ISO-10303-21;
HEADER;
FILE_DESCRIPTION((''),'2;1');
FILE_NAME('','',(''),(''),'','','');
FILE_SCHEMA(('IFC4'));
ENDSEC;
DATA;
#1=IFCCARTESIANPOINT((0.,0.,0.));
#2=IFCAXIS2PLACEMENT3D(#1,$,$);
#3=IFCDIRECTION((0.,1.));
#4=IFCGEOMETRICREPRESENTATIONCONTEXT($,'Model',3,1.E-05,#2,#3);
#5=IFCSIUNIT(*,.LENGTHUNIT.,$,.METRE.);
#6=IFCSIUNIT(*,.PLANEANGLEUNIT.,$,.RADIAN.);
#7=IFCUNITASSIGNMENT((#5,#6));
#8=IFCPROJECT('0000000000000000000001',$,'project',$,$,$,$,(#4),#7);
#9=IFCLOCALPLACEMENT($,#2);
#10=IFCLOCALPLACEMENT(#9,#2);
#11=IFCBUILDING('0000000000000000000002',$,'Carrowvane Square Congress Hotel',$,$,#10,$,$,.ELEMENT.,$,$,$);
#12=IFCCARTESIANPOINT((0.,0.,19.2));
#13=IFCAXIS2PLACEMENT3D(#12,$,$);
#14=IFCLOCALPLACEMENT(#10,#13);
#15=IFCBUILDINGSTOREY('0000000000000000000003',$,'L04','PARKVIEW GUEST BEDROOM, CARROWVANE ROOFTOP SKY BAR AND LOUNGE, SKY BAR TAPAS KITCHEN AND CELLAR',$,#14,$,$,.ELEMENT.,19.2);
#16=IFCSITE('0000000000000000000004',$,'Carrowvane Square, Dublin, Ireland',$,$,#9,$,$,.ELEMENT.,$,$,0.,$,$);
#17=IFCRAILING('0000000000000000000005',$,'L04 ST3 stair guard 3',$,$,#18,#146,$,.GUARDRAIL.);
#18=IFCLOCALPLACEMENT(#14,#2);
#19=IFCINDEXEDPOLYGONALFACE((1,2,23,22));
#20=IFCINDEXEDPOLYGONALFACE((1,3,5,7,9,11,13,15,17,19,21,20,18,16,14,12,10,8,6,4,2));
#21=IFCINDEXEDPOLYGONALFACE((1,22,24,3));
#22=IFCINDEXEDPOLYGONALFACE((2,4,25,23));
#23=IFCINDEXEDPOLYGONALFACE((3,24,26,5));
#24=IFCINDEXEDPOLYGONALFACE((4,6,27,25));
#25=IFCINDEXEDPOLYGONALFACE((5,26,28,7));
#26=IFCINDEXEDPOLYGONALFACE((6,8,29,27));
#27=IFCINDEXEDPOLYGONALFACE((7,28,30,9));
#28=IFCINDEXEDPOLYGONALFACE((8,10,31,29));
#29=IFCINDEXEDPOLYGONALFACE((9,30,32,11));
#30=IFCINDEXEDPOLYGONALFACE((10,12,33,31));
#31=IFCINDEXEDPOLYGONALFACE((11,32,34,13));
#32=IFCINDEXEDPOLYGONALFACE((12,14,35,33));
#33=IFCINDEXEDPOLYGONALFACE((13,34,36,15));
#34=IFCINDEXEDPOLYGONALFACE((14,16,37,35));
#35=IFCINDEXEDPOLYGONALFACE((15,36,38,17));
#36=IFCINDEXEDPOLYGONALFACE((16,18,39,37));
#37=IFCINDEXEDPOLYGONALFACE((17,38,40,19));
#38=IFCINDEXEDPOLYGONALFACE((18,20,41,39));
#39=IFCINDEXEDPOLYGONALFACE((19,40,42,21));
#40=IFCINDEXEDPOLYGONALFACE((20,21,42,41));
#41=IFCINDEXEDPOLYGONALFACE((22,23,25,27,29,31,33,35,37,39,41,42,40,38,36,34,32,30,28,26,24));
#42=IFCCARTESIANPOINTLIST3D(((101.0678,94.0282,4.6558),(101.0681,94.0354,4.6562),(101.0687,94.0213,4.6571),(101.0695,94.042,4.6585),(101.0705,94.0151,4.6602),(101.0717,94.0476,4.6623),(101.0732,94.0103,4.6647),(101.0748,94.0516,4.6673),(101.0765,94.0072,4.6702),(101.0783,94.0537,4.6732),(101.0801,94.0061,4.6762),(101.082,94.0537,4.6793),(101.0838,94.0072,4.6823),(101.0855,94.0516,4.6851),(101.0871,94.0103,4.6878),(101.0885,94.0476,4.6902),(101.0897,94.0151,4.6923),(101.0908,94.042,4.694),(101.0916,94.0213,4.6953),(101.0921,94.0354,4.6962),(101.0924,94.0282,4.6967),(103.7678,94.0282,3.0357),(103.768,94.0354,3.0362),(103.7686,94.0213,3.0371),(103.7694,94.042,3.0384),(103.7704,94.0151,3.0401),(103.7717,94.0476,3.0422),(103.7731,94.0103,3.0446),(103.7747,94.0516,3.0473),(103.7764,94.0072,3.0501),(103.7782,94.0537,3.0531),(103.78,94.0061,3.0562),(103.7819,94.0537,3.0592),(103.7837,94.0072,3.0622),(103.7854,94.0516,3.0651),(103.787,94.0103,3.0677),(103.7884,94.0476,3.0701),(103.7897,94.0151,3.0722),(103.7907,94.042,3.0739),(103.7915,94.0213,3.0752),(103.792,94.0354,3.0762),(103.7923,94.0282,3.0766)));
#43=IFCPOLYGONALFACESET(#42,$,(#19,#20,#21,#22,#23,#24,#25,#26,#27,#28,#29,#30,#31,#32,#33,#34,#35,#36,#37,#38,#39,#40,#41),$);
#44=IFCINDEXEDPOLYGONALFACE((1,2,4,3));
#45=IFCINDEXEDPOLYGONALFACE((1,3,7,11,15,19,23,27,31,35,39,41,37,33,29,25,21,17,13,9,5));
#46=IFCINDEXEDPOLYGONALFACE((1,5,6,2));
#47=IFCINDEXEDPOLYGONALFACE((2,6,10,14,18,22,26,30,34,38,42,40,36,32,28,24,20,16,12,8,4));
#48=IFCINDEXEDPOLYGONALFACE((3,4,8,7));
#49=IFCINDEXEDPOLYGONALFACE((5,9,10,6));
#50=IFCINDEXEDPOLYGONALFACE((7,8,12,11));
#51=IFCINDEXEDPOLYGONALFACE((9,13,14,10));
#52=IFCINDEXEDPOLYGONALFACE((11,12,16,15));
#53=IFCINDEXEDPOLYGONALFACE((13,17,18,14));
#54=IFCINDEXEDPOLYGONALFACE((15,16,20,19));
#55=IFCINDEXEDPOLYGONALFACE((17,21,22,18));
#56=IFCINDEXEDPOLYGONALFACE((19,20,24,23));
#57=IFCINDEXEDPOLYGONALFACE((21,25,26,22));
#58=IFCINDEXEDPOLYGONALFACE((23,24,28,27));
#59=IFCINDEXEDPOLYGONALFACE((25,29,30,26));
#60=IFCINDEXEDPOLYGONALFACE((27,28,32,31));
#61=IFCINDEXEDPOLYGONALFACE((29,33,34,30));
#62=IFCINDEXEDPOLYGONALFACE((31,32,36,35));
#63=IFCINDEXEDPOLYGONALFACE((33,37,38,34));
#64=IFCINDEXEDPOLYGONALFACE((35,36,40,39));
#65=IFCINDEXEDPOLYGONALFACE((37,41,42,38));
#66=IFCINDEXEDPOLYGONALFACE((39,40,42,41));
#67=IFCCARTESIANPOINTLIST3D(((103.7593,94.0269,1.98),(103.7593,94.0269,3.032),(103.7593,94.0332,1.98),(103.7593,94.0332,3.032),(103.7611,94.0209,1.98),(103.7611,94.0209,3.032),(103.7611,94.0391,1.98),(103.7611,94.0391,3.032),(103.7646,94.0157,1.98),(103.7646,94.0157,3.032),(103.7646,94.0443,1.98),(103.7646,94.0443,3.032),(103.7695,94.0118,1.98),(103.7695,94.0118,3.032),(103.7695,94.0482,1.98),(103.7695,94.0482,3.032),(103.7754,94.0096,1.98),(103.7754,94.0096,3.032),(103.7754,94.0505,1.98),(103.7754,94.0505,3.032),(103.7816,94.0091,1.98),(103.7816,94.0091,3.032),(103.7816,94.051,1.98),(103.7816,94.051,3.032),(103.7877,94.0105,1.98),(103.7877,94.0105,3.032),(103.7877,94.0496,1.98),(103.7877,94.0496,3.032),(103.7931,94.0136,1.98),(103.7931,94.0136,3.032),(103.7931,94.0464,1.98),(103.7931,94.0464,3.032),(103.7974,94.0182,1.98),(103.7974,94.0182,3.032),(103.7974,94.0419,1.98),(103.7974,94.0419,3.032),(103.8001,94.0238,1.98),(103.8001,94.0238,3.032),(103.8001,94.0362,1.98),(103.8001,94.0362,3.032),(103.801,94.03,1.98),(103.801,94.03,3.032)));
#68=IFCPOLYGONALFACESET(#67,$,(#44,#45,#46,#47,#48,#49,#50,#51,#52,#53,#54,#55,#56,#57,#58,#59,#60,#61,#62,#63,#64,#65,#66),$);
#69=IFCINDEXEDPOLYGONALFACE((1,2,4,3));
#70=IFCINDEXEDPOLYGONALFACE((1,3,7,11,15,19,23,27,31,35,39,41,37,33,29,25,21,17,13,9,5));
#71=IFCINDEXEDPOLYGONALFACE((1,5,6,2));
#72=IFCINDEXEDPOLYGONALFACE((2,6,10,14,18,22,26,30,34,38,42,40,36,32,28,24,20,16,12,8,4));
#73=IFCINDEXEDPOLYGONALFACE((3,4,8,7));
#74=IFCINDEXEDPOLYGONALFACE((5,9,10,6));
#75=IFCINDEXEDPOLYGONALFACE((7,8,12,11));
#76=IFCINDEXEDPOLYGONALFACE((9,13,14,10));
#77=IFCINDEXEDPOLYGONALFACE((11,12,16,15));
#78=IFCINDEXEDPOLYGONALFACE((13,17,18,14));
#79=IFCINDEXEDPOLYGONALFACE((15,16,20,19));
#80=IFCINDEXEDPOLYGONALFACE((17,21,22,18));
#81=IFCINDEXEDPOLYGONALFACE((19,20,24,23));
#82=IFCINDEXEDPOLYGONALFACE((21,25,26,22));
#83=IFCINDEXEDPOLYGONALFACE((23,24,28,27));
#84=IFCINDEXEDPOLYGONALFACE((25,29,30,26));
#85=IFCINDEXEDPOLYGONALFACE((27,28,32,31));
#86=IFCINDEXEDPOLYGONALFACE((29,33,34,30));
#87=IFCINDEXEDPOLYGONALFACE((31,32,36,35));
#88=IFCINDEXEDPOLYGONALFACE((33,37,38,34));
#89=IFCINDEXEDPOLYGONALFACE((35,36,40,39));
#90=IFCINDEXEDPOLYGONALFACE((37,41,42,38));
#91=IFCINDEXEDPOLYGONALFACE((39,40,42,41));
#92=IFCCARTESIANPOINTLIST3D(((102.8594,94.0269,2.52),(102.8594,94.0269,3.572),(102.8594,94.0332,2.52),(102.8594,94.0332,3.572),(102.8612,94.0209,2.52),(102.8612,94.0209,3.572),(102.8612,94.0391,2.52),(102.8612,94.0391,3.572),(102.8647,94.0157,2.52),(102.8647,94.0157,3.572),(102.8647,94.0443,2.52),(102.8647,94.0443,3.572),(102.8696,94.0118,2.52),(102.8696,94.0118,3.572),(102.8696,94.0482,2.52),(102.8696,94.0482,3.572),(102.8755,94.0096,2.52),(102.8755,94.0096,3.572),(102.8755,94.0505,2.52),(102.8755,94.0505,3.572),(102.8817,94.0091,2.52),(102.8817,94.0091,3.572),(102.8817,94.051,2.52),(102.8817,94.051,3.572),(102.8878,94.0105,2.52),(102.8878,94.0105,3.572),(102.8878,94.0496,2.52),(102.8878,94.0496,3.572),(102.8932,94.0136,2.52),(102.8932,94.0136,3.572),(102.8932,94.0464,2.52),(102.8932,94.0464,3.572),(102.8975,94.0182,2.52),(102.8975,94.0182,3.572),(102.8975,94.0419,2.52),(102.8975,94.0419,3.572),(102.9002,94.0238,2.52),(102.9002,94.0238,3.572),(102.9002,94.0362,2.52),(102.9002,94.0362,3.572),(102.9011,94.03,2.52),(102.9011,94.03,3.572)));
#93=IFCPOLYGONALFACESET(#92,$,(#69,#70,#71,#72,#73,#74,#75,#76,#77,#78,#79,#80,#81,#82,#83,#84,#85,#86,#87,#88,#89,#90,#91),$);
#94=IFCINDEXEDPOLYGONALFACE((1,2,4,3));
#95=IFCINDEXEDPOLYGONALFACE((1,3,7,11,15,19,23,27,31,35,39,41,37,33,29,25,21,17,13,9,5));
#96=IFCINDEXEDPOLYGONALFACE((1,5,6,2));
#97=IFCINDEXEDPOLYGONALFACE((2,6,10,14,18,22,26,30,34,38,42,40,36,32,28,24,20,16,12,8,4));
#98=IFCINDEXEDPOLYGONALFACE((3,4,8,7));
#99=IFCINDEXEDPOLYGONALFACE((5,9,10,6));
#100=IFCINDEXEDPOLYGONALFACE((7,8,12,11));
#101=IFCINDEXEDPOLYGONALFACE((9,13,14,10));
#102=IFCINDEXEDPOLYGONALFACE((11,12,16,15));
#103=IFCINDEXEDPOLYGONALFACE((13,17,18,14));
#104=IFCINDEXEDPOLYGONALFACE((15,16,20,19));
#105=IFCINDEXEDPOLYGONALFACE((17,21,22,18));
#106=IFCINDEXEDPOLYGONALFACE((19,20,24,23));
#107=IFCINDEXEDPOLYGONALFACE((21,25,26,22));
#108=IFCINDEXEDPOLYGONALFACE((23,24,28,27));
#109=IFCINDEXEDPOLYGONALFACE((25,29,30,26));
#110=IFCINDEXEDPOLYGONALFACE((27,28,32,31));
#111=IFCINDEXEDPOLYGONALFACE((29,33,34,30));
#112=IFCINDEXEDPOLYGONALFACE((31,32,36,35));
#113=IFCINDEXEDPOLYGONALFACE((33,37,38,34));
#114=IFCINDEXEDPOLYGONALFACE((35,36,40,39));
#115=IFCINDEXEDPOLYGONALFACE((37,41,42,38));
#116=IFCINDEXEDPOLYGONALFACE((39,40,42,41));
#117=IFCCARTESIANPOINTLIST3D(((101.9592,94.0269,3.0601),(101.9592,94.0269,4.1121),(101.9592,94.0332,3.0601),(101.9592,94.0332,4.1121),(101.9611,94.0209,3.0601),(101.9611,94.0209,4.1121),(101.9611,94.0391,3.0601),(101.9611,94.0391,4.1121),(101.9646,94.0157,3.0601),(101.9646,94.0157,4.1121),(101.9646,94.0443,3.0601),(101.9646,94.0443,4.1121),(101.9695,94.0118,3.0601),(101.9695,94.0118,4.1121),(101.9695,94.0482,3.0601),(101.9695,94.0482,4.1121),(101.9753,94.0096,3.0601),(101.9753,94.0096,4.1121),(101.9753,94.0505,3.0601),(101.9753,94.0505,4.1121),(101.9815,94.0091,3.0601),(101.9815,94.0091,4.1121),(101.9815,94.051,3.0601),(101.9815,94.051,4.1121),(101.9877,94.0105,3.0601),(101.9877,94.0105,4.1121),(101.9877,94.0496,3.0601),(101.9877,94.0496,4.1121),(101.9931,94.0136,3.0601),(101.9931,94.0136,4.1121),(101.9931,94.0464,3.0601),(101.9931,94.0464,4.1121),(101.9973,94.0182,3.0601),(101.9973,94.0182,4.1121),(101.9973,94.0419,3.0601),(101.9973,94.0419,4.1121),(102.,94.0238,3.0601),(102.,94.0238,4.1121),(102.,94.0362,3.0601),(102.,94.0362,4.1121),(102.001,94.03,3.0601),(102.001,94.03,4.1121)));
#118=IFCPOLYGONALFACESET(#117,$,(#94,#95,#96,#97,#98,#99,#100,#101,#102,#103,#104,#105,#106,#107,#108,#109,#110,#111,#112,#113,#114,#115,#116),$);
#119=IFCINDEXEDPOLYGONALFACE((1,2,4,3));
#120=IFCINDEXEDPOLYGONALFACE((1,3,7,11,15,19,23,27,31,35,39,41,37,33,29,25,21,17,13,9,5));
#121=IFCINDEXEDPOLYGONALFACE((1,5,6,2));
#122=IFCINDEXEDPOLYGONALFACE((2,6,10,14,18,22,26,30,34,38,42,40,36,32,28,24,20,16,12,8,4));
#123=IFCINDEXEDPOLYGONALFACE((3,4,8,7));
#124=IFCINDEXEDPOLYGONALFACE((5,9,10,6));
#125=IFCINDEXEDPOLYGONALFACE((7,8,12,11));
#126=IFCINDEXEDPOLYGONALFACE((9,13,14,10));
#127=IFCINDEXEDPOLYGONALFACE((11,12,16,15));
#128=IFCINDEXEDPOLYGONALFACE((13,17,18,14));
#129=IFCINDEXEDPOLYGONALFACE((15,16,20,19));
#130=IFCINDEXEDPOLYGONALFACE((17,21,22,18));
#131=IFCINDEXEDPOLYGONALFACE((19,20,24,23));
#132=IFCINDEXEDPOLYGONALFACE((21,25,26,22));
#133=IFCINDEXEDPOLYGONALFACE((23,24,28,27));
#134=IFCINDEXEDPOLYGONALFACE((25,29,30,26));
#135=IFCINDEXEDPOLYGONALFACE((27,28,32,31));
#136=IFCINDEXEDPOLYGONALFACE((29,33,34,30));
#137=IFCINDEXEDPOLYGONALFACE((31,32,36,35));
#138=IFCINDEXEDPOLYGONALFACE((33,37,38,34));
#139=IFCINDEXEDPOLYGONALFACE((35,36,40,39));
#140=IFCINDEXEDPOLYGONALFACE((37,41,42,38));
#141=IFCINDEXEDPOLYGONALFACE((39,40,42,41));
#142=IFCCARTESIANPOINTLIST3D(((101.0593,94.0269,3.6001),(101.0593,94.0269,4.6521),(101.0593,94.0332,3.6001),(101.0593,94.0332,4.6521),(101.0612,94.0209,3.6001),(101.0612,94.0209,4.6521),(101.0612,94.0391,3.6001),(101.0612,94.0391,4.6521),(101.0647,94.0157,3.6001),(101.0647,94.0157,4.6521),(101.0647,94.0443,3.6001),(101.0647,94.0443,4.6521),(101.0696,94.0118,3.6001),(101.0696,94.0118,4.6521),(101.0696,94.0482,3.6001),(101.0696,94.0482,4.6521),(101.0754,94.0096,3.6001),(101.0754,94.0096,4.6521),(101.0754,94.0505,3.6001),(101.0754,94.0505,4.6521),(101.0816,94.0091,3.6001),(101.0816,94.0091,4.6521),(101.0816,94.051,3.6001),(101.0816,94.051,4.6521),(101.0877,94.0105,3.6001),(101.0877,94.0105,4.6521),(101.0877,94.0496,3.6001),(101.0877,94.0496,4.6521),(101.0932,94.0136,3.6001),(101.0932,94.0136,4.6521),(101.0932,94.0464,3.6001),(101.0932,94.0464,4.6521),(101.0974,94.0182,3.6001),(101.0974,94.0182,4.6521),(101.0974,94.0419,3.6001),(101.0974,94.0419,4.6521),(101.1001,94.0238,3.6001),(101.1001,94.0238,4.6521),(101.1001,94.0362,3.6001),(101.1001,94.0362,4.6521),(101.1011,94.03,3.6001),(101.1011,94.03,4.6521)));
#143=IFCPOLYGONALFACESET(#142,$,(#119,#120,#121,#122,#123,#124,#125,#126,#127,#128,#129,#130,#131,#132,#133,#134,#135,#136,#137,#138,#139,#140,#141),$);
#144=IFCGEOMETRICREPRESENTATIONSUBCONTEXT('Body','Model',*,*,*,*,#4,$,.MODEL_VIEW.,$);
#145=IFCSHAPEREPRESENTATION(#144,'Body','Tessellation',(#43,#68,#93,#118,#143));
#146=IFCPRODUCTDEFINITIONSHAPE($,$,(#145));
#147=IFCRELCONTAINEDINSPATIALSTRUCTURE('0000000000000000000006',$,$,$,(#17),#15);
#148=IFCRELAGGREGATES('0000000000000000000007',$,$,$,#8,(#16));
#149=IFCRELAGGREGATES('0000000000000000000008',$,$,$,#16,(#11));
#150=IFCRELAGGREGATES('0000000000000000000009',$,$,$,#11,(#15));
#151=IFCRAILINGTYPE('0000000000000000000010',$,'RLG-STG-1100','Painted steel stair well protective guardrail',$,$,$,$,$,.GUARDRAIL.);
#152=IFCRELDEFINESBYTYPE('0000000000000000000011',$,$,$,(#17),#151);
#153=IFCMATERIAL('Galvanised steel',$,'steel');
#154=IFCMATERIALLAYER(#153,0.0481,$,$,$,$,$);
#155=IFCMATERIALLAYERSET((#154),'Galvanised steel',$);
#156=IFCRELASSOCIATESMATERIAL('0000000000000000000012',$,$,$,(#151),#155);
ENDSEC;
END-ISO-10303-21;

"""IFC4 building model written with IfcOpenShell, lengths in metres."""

from ifc_helpers import new_model, si_unit, direction, frame, origin, origin_2d, place, context, subcontext, project, spatial, circle, extrude, material, layer, layer_set, type_object, element, save


model = new_model("IFC4")

# Units and contexts
model_context = context("Model", 3, precision=1e-05, world=origin(), true_north=direction((0.0, 1.0)))
body_context = subcontext(model_context, "Body", "Model", "MODEL_VIEW")
ifc_project = project(units=[si_unit("LENGTHUNIT", "METRE"), si_unit("PLANEANGLEUNIT", "RADIAN")], contexts=[model_context])

# Site, building, storey
site_placement = place(None, origin())
site = spatial("IfcSite", under=ifc_project, at=site_placement, Name="Carrowvane Square, Dublin, Ireland", CompositionType="ELEMENT", RefElevation=0.0)
building_placement = place(site_placement, origin())
building = spatial("IfcBuilding", under=site, at=building_placement, Name="Carrowvane Square Congress Hotel", CompositionType="ELEMENT")
storey_placement = place(building_placement, frame((0.0, 0.0, 19.2)))
storey = spatial("IfcBuildingStorey", under=building, at=storey_placement, Name="L04", Description="PARKVIEW GUEST BEDROOM, CARROWVANE ROOFTOP SKY BAR AND LOUNGE, SKY BAR TAPAS KITCHEN AND CELLAR", CompositionType="ELEMENT", Elevation=19.2)

# Railing
ifc_material_1 = material(Name="Galvanised steel", Category="steel")
ifc_layer_1 = layer(ifc_material_1, 0.0481)
ifc_layer_set_1 = layer_set([ifc_layer_1], Name="Galvanised steel")
railing_type_1 = type_object("IfcRailingType", Name="RLG-STG-1100", Description="Painted steel stair well protective guardrail", PredefinedType="GUARDRAIL", material=ifc_layer_set_1)
railing_1_placement = place(storey_placement, frame((103.78, 94.03, 1.98)))
element("IfcRailing", 1, at=railing_1_placement, inside=storey, type_object=railing_type_1, Name="L04 ST3 stair guard 3", PredefinedType="GUARDRAIL", context=body_context, shape_type="SweptSolid", body=[
    extrude(circle(Radius=0.0239, at=origin_2d()), frame((0.0, 0.0, 1.0762), z_axis=(-0.857472, 0.0, 0.51453), x_axis=(0.0, -1.0, 0.0)), (0.0, 0.0, 1.0), 3.1487),
    extrude(circle(Radius=0.021, at=origin_2d()), origin(), (0.0, 0.0, 1.0), 1.052),
    extrude(circle(Radius=0.021, at=origin_2d()), frame((-0.8999, 0.0, 0.54)), (0.0, 0.0, 1.0), 1.052),
    extrude(circle(Radius=0.021, at=origin_2d()), frame((-1.8, 0.0, 1.0801)), (0.0, 0.0, 1.0), 1.052),
    extrude(circle(Radius=0.021, at=origin_2d()), frame((-2.7, 0.0, 1.6201)), (0.0, 0.0, 1.0), 1.052),
])

save(model, "model.ifc")
